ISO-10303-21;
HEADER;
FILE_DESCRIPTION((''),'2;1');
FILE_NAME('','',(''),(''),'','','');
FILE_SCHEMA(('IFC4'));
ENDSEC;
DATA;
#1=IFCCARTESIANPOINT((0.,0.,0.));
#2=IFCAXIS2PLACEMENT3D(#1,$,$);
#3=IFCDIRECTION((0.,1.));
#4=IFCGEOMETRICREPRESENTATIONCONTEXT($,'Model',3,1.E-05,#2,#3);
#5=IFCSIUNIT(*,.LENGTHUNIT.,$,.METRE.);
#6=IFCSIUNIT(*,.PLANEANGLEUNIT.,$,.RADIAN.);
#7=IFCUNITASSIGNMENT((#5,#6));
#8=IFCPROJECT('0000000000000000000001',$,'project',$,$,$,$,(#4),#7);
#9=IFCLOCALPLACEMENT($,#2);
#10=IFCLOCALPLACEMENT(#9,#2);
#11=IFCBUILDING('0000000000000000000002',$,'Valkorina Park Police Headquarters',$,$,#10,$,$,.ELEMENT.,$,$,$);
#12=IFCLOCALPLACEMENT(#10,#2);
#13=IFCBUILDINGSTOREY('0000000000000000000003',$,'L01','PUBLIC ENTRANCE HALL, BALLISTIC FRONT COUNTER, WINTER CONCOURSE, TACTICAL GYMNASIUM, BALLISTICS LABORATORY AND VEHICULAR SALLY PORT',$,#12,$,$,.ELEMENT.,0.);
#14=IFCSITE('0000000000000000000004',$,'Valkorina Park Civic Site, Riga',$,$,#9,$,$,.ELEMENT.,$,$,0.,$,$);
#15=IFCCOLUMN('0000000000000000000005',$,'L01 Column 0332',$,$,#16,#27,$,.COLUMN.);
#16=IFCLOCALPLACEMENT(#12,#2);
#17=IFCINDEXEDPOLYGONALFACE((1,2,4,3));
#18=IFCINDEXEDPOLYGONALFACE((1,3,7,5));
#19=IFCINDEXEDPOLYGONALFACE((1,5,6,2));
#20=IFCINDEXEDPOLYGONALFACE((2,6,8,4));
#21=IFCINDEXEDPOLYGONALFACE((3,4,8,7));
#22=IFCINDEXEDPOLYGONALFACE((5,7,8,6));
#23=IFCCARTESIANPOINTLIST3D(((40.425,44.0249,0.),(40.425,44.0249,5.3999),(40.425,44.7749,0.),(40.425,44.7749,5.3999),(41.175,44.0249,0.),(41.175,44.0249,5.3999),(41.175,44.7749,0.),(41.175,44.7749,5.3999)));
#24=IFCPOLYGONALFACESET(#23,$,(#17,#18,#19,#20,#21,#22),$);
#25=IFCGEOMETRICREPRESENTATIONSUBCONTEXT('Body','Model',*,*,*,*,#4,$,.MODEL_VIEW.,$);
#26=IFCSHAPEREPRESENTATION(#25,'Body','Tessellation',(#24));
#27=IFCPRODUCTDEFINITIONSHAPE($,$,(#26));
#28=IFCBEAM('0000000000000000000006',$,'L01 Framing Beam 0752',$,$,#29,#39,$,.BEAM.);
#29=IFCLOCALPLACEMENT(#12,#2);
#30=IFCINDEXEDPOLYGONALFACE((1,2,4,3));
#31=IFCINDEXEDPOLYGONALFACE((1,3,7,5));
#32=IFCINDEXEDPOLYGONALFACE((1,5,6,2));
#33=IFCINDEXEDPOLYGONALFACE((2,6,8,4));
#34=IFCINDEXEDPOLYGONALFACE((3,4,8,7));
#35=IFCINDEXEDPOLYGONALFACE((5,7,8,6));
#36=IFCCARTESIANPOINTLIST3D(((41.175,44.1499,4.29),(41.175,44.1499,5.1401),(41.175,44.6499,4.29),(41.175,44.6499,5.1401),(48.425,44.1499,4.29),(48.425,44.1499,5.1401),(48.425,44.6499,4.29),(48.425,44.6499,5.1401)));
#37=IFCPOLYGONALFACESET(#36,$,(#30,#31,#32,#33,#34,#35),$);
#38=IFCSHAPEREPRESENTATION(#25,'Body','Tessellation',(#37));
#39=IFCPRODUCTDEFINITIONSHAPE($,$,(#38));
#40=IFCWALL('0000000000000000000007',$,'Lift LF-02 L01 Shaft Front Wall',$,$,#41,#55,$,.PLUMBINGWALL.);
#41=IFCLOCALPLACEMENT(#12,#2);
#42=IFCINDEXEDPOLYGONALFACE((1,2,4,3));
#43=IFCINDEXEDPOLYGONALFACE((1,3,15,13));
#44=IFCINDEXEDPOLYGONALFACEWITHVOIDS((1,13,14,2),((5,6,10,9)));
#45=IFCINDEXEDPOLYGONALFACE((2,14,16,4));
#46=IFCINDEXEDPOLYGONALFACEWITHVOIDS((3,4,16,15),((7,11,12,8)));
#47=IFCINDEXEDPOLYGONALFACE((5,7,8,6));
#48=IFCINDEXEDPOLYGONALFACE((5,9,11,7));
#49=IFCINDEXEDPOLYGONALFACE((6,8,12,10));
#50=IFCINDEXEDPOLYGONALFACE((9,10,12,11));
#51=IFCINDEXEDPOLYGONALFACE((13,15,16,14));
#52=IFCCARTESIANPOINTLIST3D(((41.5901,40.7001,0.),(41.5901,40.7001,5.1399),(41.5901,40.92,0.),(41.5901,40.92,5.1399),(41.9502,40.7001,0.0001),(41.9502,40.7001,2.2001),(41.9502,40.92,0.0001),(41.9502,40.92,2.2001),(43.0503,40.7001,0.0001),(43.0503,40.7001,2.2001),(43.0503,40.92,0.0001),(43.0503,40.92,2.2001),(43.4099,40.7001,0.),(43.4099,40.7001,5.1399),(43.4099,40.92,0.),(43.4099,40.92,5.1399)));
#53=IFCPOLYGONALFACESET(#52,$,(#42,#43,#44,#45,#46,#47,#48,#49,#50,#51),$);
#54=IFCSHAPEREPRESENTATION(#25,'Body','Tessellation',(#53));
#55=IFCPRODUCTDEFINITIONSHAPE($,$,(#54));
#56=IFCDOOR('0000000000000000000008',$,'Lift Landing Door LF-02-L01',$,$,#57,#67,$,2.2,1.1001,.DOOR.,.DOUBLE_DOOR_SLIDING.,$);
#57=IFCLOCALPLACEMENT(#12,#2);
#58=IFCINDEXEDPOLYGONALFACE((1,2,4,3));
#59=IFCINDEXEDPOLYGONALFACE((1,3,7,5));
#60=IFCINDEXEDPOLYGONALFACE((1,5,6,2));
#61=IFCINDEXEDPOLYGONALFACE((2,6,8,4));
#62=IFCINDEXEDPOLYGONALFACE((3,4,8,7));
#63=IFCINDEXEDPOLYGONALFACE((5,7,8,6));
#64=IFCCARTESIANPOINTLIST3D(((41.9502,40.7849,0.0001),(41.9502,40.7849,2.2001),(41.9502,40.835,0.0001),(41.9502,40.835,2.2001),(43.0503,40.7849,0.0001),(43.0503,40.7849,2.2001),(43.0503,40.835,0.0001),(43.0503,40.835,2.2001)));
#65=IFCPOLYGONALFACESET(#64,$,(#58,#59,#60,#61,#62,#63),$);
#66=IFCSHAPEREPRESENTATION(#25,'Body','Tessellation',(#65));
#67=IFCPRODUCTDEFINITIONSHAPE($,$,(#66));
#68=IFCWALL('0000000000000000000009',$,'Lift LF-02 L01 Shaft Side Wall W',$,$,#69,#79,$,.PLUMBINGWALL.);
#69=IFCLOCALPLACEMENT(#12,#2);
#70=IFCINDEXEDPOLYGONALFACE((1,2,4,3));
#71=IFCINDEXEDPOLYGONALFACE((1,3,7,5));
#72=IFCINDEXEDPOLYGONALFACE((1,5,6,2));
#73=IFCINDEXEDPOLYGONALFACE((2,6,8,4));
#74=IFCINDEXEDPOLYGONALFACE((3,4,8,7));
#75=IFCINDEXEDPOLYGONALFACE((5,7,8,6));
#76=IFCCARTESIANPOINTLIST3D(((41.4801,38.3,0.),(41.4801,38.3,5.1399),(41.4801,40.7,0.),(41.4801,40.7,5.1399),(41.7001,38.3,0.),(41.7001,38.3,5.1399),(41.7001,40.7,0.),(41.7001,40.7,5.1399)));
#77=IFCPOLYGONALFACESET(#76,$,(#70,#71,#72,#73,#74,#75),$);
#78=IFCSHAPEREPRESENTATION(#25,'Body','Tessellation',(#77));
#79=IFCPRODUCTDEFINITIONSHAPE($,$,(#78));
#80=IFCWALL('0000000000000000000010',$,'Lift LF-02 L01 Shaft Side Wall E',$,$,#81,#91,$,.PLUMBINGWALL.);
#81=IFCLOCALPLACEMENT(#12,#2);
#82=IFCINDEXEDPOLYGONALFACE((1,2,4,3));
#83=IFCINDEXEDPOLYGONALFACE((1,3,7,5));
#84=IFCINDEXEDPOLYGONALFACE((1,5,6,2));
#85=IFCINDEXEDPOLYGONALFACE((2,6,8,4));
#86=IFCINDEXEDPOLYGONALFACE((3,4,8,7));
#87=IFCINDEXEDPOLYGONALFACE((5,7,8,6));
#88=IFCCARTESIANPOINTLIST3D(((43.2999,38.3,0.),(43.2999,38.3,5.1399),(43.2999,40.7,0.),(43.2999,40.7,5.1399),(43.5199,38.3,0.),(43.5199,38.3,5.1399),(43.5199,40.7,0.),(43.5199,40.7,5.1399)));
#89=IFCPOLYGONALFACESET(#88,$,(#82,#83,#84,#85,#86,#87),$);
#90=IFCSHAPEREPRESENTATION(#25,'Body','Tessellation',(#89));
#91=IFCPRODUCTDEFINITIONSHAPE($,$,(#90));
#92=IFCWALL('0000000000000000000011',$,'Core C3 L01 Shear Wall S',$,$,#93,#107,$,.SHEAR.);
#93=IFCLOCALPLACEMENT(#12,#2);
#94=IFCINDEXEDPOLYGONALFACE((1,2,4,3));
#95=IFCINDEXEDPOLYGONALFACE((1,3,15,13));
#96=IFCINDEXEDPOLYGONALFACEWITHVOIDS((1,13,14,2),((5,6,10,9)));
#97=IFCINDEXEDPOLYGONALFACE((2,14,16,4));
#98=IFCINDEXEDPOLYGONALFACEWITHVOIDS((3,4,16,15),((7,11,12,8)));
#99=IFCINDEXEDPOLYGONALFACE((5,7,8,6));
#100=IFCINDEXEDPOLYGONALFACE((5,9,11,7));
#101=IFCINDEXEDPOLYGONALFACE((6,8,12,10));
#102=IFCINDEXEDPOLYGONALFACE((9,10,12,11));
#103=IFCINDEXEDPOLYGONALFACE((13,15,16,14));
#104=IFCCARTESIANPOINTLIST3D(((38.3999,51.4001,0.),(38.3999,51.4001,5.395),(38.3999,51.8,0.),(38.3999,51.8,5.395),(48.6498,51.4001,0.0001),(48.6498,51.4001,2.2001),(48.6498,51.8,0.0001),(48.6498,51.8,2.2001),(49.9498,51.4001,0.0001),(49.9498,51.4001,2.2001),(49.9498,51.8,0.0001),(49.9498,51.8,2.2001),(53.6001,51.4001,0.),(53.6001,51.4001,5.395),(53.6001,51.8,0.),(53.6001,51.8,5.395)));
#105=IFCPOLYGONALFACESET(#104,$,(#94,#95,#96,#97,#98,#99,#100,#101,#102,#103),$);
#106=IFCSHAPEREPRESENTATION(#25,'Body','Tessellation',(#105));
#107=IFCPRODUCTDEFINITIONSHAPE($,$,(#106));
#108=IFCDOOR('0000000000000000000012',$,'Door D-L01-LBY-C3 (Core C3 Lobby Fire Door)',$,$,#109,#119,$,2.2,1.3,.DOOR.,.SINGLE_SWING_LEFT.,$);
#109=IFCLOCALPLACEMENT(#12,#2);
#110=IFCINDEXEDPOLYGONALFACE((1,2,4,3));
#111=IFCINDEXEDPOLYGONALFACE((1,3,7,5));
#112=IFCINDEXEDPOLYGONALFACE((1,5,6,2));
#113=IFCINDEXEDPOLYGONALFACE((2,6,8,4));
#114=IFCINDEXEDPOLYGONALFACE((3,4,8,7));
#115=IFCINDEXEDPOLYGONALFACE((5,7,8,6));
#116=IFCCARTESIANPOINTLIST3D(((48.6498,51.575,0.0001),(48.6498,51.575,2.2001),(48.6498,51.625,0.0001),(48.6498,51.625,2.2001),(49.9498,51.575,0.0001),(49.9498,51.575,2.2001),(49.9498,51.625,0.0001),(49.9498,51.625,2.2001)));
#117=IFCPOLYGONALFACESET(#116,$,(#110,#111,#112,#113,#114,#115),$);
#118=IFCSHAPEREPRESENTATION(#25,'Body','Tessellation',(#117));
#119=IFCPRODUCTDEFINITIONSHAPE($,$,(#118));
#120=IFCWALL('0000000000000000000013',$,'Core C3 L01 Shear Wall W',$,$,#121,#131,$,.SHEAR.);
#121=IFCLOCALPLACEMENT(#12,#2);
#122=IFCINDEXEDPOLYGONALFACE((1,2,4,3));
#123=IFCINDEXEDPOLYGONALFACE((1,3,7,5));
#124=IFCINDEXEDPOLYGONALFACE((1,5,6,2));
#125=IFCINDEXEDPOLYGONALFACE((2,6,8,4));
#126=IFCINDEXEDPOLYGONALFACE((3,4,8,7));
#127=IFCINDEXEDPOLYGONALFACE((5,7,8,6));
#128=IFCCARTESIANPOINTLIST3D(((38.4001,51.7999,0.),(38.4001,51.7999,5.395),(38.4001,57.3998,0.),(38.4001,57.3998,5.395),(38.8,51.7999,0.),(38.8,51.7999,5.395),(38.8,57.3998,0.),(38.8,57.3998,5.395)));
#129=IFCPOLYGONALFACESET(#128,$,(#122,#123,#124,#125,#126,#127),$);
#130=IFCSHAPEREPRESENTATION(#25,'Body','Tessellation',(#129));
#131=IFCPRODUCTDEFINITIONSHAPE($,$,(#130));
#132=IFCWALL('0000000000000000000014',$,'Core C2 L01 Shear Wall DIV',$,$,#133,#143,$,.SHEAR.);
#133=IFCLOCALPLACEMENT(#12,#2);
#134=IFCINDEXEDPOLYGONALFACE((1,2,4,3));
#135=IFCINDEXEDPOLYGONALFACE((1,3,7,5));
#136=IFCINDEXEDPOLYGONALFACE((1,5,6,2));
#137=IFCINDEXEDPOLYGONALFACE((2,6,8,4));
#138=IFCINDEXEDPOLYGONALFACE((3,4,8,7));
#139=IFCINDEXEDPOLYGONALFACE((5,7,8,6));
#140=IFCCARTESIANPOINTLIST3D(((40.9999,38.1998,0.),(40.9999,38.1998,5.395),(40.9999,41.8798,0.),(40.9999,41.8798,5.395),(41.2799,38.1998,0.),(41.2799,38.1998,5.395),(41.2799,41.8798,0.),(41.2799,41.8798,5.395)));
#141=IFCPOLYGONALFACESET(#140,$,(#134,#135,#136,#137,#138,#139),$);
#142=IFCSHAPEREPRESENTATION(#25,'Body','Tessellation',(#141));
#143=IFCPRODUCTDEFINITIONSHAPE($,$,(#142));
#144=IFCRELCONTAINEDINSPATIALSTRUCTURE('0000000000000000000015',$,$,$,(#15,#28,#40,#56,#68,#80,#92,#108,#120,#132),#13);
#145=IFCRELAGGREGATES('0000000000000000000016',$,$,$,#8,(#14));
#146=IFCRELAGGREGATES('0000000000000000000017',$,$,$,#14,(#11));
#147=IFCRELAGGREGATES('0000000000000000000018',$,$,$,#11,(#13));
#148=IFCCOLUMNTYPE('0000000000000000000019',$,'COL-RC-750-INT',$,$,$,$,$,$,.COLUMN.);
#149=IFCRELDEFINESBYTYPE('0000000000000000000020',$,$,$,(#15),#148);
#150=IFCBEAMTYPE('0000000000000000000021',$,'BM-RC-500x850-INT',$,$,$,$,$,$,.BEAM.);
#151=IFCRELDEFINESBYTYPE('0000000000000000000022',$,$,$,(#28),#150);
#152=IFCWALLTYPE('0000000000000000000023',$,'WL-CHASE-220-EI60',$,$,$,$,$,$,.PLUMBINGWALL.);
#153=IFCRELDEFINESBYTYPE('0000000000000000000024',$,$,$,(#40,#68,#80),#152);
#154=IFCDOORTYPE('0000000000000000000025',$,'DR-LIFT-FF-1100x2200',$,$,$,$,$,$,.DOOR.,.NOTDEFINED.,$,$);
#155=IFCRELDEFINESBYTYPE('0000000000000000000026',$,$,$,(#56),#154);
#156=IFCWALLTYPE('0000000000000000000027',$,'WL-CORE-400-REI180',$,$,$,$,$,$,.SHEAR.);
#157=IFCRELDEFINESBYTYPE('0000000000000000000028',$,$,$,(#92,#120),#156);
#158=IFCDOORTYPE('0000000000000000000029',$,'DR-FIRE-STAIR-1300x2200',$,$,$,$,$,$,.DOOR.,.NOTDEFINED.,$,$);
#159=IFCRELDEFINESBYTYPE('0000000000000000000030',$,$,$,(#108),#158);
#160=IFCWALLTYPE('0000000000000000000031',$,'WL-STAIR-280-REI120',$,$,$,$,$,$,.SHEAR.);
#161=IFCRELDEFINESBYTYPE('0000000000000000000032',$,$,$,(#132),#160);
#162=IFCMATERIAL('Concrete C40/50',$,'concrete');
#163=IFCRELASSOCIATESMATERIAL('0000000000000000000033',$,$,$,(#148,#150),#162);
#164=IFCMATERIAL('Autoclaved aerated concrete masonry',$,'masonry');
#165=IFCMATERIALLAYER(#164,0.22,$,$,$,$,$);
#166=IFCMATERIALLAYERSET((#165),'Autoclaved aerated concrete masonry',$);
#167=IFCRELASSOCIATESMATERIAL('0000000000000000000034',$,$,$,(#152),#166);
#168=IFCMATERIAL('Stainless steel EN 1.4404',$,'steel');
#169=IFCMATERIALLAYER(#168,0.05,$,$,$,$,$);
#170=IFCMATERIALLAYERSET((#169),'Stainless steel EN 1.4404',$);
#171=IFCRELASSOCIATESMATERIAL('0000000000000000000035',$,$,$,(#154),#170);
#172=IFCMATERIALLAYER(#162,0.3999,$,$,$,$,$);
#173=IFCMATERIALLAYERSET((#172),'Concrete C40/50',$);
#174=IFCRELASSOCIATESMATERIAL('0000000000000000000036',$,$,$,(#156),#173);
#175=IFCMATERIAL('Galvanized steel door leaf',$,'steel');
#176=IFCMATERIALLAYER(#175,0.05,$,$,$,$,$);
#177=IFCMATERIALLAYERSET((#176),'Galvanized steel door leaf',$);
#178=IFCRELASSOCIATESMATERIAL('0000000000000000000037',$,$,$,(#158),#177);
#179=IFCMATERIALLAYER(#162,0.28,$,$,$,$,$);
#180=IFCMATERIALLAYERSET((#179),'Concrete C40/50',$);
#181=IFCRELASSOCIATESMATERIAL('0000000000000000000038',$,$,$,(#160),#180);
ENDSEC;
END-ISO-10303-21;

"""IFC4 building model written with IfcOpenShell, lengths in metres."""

from ifc_helpers import new_model, si_unit, direction, frame, frame_2d, origin, origin_2d, place, context, subcontext, project, spatial, rectangle, extrude, material, layer, layer_set, material_profile, profile_set, type_object, element, fill, save


model = new_model("IFC4")

# Units and contexts
model_context = context("Model", 3, precision=1e-05, world=origin(), true_north=direction((0.0, 1.0)))
body_context = subcontext(model_context, "Body", "Model", "MODEL_VIEW")
ifc_project = project(units=[si_unit("LENGTHUNIT", "METRE"), si_unit("PLANEANGLEUNIT", "RADIAN")], contexts=[model_context])

# Site, building, storey
site_placement = place(None, origin())
site = spatial("IfcSite", under=ifc_project, at=site_placement, Name="Valkorina Park Civic Site, Riga", CompositionType="ELEMENT", RefElevation=0.0)
building_placement = place(site_placement, origin())
building = spatial("IfcBuilding", under=site, at=building_placement, Name="Valkorina Park Police Headquarters", CompositionType="ELEMENT")
storey_placement = place(building_placement, origin())
storey = spatial("IfcBuildingStorey", under=building, at=storey_placement, Name="L01", Description="PUBLIC ENTRANCE HALL, BALLISTIC FRONT COUNTER, WINTER CONCOURSE, TACTICAL GYMNASIUM, BALLISTICS LABORATORY AND VEHICULAR SALLY PORT", CompositionType="ELEMENT", Elevation=0.0)

# Column
ifc_material_1 = material(Name="Concrete C40/50", Category="concrete")
ifc_material_profile_1 = material_profile(ifc_material_1, rectangle(XDim=0.75, YDim=0.75, at=origin_2d()), Name="RC COL 750x750")
ifc_profile_set_1 = profile_set([ifc_material_profile_1], Name="Concrete C40/50")
column_type = type_object("IfcColumnType", Name="COL-RC-750-INT", PredefinedType="COLUMN", material=ifc_profile_set_1)
column_placement = place(storey_placement, frame((40.8, 44.3999, 0.0), z_axis=(0.0, 0.0, 1.0), x_axis=(1.0, 0.0, 0.0)))
element("IfcColumn", 1, at=column_placement, inside=storey, type_object=column_type, Name="L01 Column 0332", PredefinedType="COLUMN", context=body_context, shape_type="SweptSolid", body=[
    extrude(rectangle(XDim=0.75, YDim=0.75, at=origin_2d()), origin(), (0.0, 0.0, 1.0), 5.3999),
])

# Beam
ifc_material_profile_2 = material_profile(ifc_material_1, rectangle(XDim=0.5, YDim=0.8501, at=origin_2d()), Name="RC BEAM 500x850")
ifc_profile_set_2 = profile_set([ifc_material_profile_2], Name="Concrete C40/50")
beam_type = type_object("IfcBeamType", Name="BM-RC-500x850-INT", PredefinedType="BEAM", material=ifc_profile_set_2)
beam_placement = place(storey_placement, frame((41.175, 44.3999, 4.7151), z_axis=(1.0, 0.0, 0.0), x_axis=(0.0, 1.0, 0.0)))
element("IfcBeam", 2, at=beam_placement, inside=storey, type_object=beam_type, Name="L01 Framing Beam 0752", PredefinedType="BEAM", context=body_context, shape_type="SweptSolid", body=[
    extrude(rectangle(XDim=0.5, YDim=0.8501, at=origin_2d()), origin(), (0.0, 0.0, 1.0), 7.25),
])

# Wall, opening, door
ifc_material_2 = material(Name="Autoclaved aerated concrete masonry", Category="masonry")
ifc_layer_1 = layer(ifc_material_2, 0.22)
ifc_layer_set_1 = layer_set([ifc_layer_1], Name="Autoclaved aerated concrete masonry")
wall_type_1 = type_object("IfcWallType", Name="WL-CHASE-220-EI60", PredefinedType="PLUMBINGWALL", material=ifc_layer_set_1)
wall_1_placement = place(storey_placement, frame((41.5901, 40.8101, 0.0), z_axis=(0.0, 0.0, 1.0), x_axis=(1.0, 0.0, 0.0)))
wall_1 = element("IfcWall", 3, at=wall_1_placement, inside=storey, type_object=wall_type_1, Name="Lift LF-02 L01 Shaft Front Wall", PredefinedType="PLUMBINGWALL", context=body_context, shape_type="SweptSolid", body=[
    extrude(rectangle(XDim=1.8198, YDim=0.22, at=frame_2d((0.9099, 0.0))), origin(), (0.0, 0.0, 1.0), 5.1399),
])
opening_1_placement = place(wall_1_placement, frame((0.3601, 0.0, 0.0)))
opening_1 = element("IfcOpeningElement", 4, at=opening_1_placement, cuts=wall_1, PredefinedType="OPENING", context=body_context, shape_type="SweptSolid", body=[
    extrude(rectangle(XDim=1.1001, YDim=2.2, at=frame_2d((0.55, 1.1001))), frame((0.0, 0.1201, 0.0), z_axis=(0.0, -1.0, 0.0), x_axis=(1.0, 0.0, 0.0)), (0.0, 0.0, 1.0), 0.24),
])
ifc_material_3 = material(Name="Stainless steel EN 1.4404", Category="steel")
ifc_layer_2 = layer(ifc_material_3, 0.05)
ifc_layer_set_2 = layer_set([ifc_layer_2], Name="Stainless steel EN 1.4404")
door_type_1 = type_object("IfcDoorType", Name="DR-LIFT-FF-1100x2200", OperationType="NOTDEFINED", PredefinedType="DOOR", material=ifc_layer_set_2)
door_1_placement = place(opening_1_placement, origin())
door_1 = element("IfcDoor", 5, at=door_1_placement, inside=storey, type_object=door_type_1, Name="Lift Landing Door LF-02-L01", OperationType="DOUBLE_DOOR_SLIDING", OverallHeight=2.2, OverallWidth=1.1001, PredefinedType="DOOR", context=body_context, shape_type="SweptSolid", body=[
    extrude(rectangle(XDim=1.1001, YDim=2.2, at=frame_2d((0.55, 1.1001))), frame((0.0, 0.0249, 0.0), z_axis=(0.0, -1.0, 0.0), x_axis=(1.0, 0.0, 0.0)), (0.0, 0.0, 1.0), 0.05),
])
fill(opening_1, door_1)

# Walls
for number, where, z_axis, x_axis, name in (
    (6, (41.5901, 38.3, 0.0), (0.0, 0.0, 1.0), (0.0, 1.0, 0.0), "Lift LF-02 L01 Shaft Side Wall W"),
    (7, (43.4099, 38.3, 0.0), (0.0, 0.0, 1.0), (0.0, 1.0, 0.0), "Lift LF-02 L01 Shaft Side Wall E"),
):
    element("IfcWall", number, at=place(storey_placement, frame(where, z_axis=z_axis, x_axis=x_axis)), inside=storey, type_object=wall_type_1, Name=name, PredefinedType="PLUMBINGWALL", context=body_context, shape_type="SweptSolid", body=[
        extrude(rectangle(XDim=2.3999, YDim=0.22, at=frame_2d((1.2, 0.0))), origin(), (0.0, 0.0, 1.0), 5.1399),
    ])

# Wall, opening, door
ifc_layer_3 = layer(ifc_material_1, 0.3999)
ifc_layer_set_3 = layer_set([ifc_layer_3], Name="Concrete C40/50")
wall_type_2 = type_object("IfcWallType", Name="WL-CORE-400-REI180", PredefinedType="SHEAR", material=ifc_layer_set_3)
wall_2_placement = place(storey_placement, frame((38.3999, 51.6001, 0.0), z_axis=(0.0, 0.0, 1.0), x_axis=(1.0, 0.0, 0.0)))
wall_2 = element("IfcWall", 8, at=wall_2_placement, inside=storey, type_object=wall_type_2, Name="Core C3 L01 Shear Wall S", PredefinedType="SHEAR", context=body_context, shape_type="SweptSolid", body=[
    extrude(rectangle(XDim=15.2002, YDim=0.3999, at=frame_2d((7.6001, 0.0))), origin(), (0.0, 0.0, 1.0), 5.395),
])
opening_2_placement = place(wall_2_placement, frame((10.25, 0.0, 0.0)))
opening_2 = element("IfcOpeningElement", 9, at=opening_2_placement, cuts=wall_2, PredefinedType="OPENING", context=body_context, shape_type="SweptSolid", body=[
    extrude(rectangle(XDim=1.3, YDim=2.2, at=frame_2d((0.6499, 1.1001))), frame((0.0, 0.21, 0.0), z_axis=(0.0, -1.0, 0.0), x_axis=(1.0, 0.0, 0.0)), (0.0, 0.0, 1.0), 0.4199),
])
ifc_material_4 = material(Name="Galvanized steel door leaf", Category="steel")
ifc_layer_4 = layer(ifc_material_4, 0.05)
ifc_layer_set_4 = layer_set([ifc_layer_4], Name="Galvanized steel door leaf")
door_type_2 = type_object("IfcDoorType", Name="DR-FIRE-STAIR-1300x2200", OperationType="NOTDEFINED", PredefinedType="DOOR", material=ifc_layer_set_4)
door_2_placement = place(opening_2_placement, origin())
door_2 = element("IfcDoor", 10, at=door_2_placement, inside=storey, type_object=door_type_2, Name="Door D-L01-LBY-C3 (Core C3 Lobby Fire Door)", OperationType="SINGLE_SWING_LEFT", OverallHeight=2.2, OverallWidth=1.3, PredefinedType="DOOR", context=body_context, shape_type="SweptSolid", body=[
    extrude(rectangle(XDim=1.3, YDim=2.2, at=frame_2d((0.6499, 1.1001))), frame((0.0, 0.0249, 0.0), z_axis=(0.0, -1.0, 0.0), x_axis=(1.0, 0.0, 0.0)), (0.0, 0.0, 1.0), 0.05),
])
fill(opening_2, door_2)

# Walls
wall_3_placement = place(storey_placement, frame((38.6001, 51.8, 0.0), z_axis=(0.0, 0.0, 1.0), x_axis=(0.0, 1.0, 0.0)))
element("IfcWall", 11, at=wall_3_placement, inside=storey, type_object=wall_type_2, Name="Core C3 L01 Shear Wall W", PredefinedType="SHEAR", context=body_context, shape_type="SweptSolid", body=[
    extrude(rectangle(XDim=5.5999, YDim=0.3999, at=frame_2d((2.7998, 0.0))), origin(), (0.0, 0.0, 1.0), 5.395),
])
ifc_layer_5 = layer(ifc_material_1, 0.28)
ifc_layer_set_5 = layer_set([ifc_layer_5], Name="Concrete C40/50")
wall_type_3 = type_object("IfcWallType", Name="WL-STAIR-280-REI120", PredefinedType="SHEAR", material=ifc_layer_set_5)
wall_4_placement = place(storey_placement, frame((41.1399, 38.2, 0.0), z_axis=(0.0, 0.0, 1.0), x_axis=(0.0, 1.0, 0.0)))
element("IfcWall", 12, at=wall_4_placement, inside=storey, type_object=wall_type_3, Name="Core C2 L01 Shear Wall DIV", PredefinedType="SHEAR", context=body_context, shape_type="SweptSolid", body=[
    extrude(rectangle(XDim=3.6799, YDim=0.28, at=frame_2d((1.8398, 0.0))), origin(), (0.0, 0.0, 1.0), 5.395),
])

save(model, "model.ifc")
